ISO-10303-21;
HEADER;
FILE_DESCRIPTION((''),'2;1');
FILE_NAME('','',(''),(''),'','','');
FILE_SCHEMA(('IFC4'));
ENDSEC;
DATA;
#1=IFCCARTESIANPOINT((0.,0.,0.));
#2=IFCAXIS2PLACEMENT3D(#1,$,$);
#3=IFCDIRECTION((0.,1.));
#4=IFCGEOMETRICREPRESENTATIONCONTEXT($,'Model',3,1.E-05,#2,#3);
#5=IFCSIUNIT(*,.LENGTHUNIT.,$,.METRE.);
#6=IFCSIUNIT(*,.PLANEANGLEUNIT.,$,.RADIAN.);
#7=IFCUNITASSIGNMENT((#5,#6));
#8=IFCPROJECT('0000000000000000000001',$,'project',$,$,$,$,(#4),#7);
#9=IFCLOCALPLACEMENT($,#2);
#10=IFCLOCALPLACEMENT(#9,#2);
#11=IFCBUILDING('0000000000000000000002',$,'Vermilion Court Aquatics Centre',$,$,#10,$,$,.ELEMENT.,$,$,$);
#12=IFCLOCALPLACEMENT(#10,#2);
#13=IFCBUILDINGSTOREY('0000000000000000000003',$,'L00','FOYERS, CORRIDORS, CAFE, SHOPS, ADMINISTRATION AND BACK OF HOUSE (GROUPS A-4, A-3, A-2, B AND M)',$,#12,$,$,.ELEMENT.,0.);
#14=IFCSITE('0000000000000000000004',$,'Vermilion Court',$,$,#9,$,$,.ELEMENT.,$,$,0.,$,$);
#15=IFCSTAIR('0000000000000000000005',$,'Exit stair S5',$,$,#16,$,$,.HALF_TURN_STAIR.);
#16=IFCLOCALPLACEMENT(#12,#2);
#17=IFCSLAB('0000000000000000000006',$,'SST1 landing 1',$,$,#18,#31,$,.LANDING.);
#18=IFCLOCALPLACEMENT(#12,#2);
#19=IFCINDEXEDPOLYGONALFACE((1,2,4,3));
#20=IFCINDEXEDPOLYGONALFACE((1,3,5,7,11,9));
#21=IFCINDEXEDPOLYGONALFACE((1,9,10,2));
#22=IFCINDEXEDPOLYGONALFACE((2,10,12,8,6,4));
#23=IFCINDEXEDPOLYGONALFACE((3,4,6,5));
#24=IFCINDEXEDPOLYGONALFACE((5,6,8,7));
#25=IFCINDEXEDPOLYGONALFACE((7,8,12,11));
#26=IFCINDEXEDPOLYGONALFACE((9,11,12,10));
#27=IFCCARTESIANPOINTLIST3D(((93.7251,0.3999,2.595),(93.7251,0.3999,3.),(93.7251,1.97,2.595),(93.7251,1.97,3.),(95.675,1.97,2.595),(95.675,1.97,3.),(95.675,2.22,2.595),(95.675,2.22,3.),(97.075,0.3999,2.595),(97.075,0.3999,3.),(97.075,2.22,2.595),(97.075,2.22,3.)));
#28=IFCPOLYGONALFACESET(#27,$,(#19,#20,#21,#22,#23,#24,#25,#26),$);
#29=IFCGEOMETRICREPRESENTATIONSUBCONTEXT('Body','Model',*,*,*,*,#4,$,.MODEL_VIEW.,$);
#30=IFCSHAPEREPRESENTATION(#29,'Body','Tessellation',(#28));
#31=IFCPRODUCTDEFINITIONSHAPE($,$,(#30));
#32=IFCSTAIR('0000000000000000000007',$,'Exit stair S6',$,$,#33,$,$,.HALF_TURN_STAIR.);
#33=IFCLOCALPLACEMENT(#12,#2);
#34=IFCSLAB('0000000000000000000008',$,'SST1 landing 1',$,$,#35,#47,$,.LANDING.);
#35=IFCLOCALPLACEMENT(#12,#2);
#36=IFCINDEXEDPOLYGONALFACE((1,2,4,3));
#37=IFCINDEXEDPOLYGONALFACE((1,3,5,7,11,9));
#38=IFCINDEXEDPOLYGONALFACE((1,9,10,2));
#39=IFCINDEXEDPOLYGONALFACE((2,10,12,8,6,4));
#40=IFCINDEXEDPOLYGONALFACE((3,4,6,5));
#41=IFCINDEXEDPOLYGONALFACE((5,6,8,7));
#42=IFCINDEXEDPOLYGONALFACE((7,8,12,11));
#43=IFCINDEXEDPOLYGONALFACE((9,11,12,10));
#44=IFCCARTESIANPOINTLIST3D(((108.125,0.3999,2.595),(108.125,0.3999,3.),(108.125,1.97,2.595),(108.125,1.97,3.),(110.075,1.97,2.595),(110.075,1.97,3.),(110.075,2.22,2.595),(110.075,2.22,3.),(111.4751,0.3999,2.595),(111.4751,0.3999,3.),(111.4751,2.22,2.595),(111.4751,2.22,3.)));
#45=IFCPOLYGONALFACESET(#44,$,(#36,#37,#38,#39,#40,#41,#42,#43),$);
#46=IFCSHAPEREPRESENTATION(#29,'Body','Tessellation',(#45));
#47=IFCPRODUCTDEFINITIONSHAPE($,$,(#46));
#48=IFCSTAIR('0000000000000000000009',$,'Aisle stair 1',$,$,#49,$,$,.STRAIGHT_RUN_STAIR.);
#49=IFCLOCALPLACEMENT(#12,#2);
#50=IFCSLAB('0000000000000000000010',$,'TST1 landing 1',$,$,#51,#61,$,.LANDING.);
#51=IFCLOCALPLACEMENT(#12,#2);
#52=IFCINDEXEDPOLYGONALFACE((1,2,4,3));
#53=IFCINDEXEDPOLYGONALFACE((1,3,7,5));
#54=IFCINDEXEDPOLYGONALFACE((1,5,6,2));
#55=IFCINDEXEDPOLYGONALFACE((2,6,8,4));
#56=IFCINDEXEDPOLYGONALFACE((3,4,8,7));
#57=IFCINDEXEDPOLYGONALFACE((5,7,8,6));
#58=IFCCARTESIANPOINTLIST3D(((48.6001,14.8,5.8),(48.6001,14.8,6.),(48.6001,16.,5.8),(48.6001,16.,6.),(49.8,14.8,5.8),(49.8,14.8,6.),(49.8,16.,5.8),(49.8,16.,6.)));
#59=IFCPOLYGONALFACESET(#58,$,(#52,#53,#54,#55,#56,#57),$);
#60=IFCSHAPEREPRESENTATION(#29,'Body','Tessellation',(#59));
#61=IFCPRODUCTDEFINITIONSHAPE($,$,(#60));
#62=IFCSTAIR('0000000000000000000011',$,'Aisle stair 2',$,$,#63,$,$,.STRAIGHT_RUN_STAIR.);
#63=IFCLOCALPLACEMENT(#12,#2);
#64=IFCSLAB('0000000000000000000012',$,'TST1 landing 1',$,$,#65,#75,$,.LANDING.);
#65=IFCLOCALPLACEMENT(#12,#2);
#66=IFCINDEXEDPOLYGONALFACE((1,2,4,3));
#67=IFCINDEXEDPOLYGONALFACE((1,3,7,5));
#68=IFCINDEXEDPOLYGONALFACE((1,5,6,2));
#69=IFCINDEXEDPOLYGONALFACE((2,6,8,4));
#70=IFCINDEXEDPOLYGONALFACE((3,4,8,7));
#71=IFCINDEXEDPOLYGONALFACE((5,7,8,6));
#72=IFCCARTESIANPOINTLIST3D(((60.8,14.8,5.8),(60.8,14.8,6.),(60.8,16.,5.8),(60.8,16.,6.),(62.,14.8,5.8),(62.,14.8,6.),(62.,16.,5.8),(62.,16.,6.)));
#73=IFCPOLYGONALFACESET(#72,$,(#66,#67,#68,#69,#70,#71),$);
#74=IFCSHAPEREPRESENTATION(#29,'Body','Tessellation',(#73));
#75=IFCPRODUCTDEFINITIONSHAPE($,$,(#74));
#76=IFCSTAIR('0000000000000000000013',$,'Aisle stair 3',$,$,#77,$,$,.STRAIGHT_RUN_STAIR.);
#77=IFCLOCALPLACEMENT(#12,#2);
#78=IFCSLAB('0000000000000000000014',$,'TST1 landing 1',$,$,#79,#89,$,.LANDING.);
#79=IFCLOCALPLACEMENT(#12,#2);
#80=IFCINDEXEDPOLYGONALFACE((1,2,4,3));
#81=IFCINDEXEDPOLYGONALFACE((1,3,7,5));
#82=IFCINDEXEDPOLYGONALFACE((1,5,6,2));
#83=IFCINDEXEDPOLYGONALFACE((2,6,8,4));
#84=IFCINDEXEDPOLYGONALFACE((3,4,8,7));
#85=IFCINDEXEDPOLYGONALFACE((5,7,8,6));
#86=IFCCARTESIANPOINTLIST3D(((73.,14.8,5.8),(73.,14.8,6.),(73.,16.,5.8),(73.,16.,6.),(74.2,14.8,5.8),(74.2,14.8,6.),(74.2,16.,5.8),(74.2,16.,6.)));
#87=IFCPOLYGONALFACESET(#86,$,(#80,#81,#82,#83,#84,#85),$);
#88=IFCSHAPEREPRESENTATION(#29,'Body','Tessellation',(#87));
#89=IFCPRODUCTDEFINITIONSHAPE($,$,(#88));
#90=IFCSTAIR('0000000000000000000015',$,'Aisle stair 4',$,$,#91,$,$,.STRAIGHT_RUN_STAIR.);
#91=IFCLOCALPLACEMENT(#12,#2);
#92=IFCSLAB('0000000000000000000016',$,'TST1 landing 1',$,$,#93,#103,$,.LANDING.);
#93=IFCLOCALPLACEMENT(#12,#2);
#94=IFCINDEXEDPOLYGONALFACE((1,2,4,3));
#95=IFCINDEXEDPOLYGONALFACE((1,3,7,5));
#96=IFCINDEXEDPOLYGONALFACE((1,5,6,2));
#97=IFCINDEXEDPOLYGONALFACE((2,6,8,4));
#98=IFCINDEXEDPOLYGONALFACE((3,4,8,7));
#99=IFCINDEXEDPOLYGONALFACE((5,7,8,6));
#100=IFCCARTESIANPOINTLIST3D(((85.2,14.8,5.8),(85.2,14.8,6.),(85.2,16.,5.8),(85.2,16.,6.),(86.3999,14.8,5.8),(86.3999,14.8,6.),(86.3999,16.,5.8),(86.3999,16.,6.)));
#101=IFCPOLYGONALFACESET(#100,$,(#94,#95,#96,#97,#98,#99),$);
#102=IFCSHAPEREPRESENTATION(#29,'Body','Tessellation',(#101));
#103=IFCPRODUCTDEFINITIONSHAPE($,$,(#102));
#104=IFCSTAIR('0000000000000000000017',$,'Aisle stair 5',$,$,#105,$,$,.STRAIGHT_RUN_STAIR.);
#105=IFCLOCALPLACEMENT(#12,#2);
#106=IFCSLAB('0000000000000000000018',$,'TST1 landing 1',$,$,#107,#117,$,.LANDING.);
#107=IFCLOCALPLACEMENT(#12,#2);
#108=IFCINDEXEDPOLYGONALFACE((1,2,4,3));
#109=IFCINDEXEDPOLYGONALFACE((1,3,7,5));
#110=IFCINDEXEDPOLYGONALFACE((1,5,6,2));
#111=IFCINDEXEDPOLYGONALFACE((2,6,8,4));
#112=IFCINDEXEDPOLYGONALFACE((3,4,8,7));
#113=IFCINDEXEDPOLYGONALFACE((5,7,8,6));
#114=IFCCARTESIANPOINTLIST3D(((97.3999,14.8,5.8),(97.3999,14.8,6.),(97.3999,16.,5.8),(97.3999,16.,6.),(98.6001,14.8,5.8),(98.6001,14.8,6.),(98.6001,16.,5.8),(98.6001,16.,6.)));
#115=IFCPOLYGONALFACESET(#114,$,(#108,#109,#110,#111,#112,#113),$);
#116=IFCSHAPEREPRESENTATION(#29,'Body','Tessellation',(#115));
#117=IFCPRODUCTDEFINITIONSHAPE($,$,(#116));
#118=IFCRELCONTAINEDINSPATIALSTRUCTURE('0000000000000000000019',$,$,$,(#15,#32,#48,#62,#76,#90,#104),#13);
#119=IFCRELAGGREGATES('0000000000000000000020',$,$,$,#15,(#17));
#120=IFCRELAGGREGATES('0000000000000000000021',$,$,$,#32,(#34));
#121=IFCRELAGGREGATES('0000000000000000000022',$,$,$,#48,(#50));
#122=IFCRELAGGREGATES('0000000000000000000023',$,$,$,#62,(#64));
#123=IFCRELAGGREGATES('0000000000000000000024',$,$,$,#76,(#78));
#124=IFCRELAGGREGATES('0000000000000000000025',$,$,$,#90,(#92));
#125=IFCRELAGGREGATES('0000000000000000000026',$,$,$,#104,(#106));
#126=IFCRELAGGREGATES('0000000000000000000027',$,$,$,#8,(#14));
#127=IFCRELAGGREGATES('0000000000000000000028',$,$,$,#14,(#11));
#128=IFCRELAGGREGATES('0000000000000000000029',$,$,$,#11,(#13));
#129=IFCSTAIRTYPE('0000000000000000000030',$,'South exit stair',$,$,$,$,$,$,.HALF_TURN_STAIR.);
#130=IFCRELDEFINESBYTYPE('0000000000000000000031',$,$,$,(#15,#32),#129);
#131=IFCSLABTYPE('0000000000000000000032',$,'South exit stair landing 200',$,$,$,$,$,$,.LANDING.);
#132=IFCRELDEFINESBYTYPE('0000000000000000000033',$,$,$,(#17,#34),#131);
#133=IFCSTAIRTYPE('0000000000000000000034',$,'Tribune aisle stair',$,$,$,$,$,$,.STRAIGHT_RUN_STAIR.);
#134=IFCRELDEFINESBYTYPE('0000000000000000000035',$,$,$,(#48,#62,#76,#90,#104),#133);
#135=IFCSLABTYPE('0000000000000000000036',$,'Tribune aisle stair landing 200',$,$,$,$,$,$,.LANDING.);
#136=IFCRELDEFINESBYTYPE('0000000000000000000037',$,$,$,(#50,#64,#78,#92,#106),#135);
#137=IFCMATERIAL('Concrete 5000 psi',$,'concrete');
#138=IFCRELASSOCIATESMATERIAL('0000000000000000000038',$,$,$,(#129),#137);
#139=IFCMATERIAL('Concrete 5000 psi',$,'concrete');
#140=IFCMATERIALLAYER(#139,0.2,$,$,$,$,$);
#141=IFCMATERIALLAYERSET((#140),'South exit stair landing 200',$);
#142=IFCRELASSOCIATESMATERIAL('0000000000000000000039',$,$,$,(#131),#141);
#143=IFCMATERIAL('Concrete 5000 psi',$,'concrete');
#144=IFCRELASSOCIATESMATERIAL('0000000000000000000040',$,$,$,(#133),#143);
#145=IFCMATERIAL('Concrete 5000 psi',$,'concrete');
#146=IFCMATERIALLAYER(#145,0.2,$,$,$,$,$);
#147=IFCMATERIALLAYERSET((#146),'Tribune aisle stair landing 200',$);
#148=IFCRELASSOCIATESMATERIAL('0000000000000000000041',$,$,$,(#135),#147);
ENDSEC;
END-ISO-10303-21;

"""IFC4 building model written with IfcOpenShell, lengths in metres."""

from ifc_helpers import new_model, si_unit, direction, frame, origin, place, context, subcontext, project, spatial, polyline, outline, extrude, material, layer, layer_set, type_object, element, aggregate, save


model = new_model("IFC4")

# Units and contexts
model_context = context("Model", 3, precision=1e-05, world=origin(), true_north=direction((0.0, 1.0)))
body_context = subcontext(model_context, "Body", "Model", "MODEL_VIEW")
ifc_project = project(units=[si_unit("LENGTHUNIT", "METRE"), si_unit("PLANEANGLEUNIT", "RADIAN")], contexts=[model_context])

# Site, building, storey
site_placement = place(None, origin())
site = spatial("IfcSite", under=ifc_project, at=site_placement, Name="Vermilion Court", CompositionType="ELEMENT", RefElevation=0.0)
building_placement = place(site_placement, origin())
building = spatial("IfcBuilding", under=site, at=building_placement, Name="Vermilion Court Aquatics Centre", CompositionType="ELEMENT")
storey_placement = place(building_placement, origin())
storey = spatial("IfcBuildingStorey", under=building, at=storey_placement, Name="L00", Description="FOYERS, CORRIDORS, CAFE, SHOPS, ADMINISTRATION AND BACK OF HOUSE (GROUPS A-4, A-3, A-2, B AND M)", CompositionType="ELEMENT", Elevation=0.0)

# Stairs, slabs
ifc_material_1 = material(Name="Concrete 5000 psi", Category="concrete")
stair_type_1 = type_object("IfcStairType", Name="South exit stair", PredefinedType="HALF_TURN_STAIR", material=ifc_material_1)
ifc_material_2 = material(Name="Concrete 5000 psi", Category="concrete")
ifc_layer_1 = layer(ifc_material_2, 0.2)
ifc_layer_set_1 = layer_set([ifc_layer_1], Name="South exit stair landing 200")
slab_type_1 = type_object("IfcSlabType", Name="South exit stair landing 200", PredefinedType="LANDING", material=ifc_layer_set_1)
stair_1_placement = place(storey_placement, origin())
stair_1 = element("IfcStair", 1, at=stair_1_placement, inside=storey, type_object=stair_type_1, Name="Exit stair S5", PredefinedType="HALF_TURN_STAIR")
slab_1_placement = place(storey_placement, frame((0.0, 0.0, 2.595)))
slab_1 = element("IfcSlab", 2, at=slab_1_placement, type_object=slab_type_1, Name="SST1 landing 1", PredefinedType="LANDING", context=body_context, shape_type="SweptSolid", body=[
    extrude(outline(polyline([(93.7251, 0.3999), (97.075, 0.3999), (97.075, 2.22), (95.675, 2.22), (95.675, 1.97), (93.7251, 1.97), (93.7251, 0.3999)])), origin(), (0.0, 0.0, 1.0), 0.405),
])
aggregate(stair_1, [slab_1])
stair_2_placement = place(storey_placement, origin())
stair_2 = element("IfcStair", 3, at=stair_2_placement, inside=storey, type_object=stair_type_1, Name="Exit stair S6", PredefinedType="HALF_TURN_STAIR")
slab_2_placement = place(storey_placement, frame((0.0, 0.0, 2.595)))
slab_2 = element("IfcSlab", 4, at=slab_2_placement, type_object=slab_type_1, Name="SST1 landing 1", PredefinedType="LANDING", context=body_context, shape_type="SweptSolid", body=[
    extrude(outline(polyline([(108.125, 0.3999), (111.4751, 0.3999), (111.4751, 2.22), (110.075, 2.22), (110.075, 1.97), (108.125, 1.97), (108.125, 0.3999)])), origin(), (0.0, 0.0, 1.0), 0.405),
])
aggregate(stair_2, [slab_2])
ifc_material_3 = material(Name="Concrete 5000 psi", Category="concrete")
stair_type_2 = type_object("IfcStairType", Name="Tribune aisle stair", PredefinedType="STRAIGHT_RUN_STAIR", material=ifc_material_3)
stair_3_placement = place(storey_placement, origin())
stair_3 = element("IfcStair", 5, at=stair_3_placement, inside=storey, type_object=stair_type_2, Name="Aisle stair 1", PredefinedType="STRAIGHT_RUN_STAIR")
ifc_material_4 = material(Name="Concrete 5000 psi", Category="concrete")
ifc_layer_2 = layer(ifc_material_4, 0.2)
ifc_layer_set_2 = layer_set([ifc_layer_2], Name="Tribune aisle stair landing 200")
slab_type_2 = type_object("IfcSlabType", Name="Tribune aisle stair landing 200", PredefinedType="LANDING", material=ifc_layer_set_2)
slab_3_placement = place(storey_placement, frame((0.0, 0.0, 5.8)))
slab_3 = element("IfcSlab", 6, at=slab_3_placement, type_object=slab_type_2, Name="TST1 landing 1", PredefinedType="LANDING", context=body_context, shape_type="SweptSolid", body=[
    extrude(outline(polyline([(48.6001, 14.8), (49.8, 14.8), (49.8, 16.0), (48.6001, 16.0), (48.6001, 14.8)])), origin(), (0.0, 0.0, 1.0), 0.2),
])
aggregate(stair_3, [slab_3])
stair_4_placement = place(storey_placement, origin())
stair_4 = element("IfcStair", 7, at=stair_4_placement, inside=storey, type_object=stair_type_2, Name="Aisle stair 2", PredefinedType="STRAIGHT_RUN_STAIR")
slab_4_placement = place(storey_placement, frame((0.0, 0.0, 5.8)))
slab_4 = element("IfcSlab", 8, at=slab_4_placement, type_object=slab_type_2, Name="TST1 landing 1", PredefinedType="LANDING", context=body_context, shape_type="SweptSolid", body=[
    extrude(outline(polyline([(60.8, 14.8), (62.0, 14.8), (62.0, 16.0), (60.8, 16.0), (60.8, 14.8)])), origin(), (0.0, 0.0, 1.0), 0.2),
])
aggregate(stair_4, [slab_4])
stair_5_placement = place(storey_placement, origin())
stair_5 = element("IfcStair", 9, at=stair_5_placement, inside=storey, type_object=stair_type_2, Name="Aisle stair 3", PredefinedType="STRAIGHT_RUN_STAIR")
slab_5_placement = place(storey_placement, frame((0.0, 0.0, 5.8)))
slab_5 = element("IfcSlab", 10, at=slab_5_placement, type_object=slab_type_2, Name="TST1 landing 1", PredefinedType="LANDING", context=body_context, shape_type="SweptSolid", body=[
    extrude(outline(polyline([(73.0, 14.8), (74.2, 14.8), (74.2, 16.0), (73.0, 16.0), (73.0, 14.8)])), origin(), (0.0, 0.0, 1.0), 0.2),
])
aggregate(stair_5, [slab_5])
stair_6_placement = place(storey_placement, origin())
stair_6 = element("IfcStair", 11, at=stair_6_placement, inside=storey, type_object=stair_type_2, Name="Aisle stair 4", PredefinedType="STRAIGHT_RUN_STAIR")
slab_6_placement = place(storey_placement, frame((0.0, 0.0, 5.8)))
slab_6 = element("IfcSlab", 12, at=slab_6_placement, type_object=slab_type_2, Name="TST1 landing 1", PredefinedType="LANDING", context=body_context, shape_type="SweptSolid", body=[
    extrude(outline(polyline([(85.2, 14.8), (86.3999, 14.8), (86.3999, 16.0), (85.2, 16.0), (85.2, 14.8)])), origin(), (0.0, 0.0, 1.0), 0.2),
])
aggregate(stair_6, [slab_6])
stair_7_placement = place(storey_placement, origin())
stair_7 = element("IfcStair", 13, at=stair_7_placement, inside=storey, type_object=stair_type_2, Name="Aisle stair 5", PredefinedType="STRAIGHT_RUN_STAIR")
slab_7_placement = place(storey_placement, frame((0.0, 0.0, 5.8)))
slab_7 = element("IfcSlab", 14, at=slab_7_placement, type_object=slab_type_2, Name="TST1 landing 1", PredefinedType="LANDING", context=body_context, shape_type="SweptSolid", body=[
    extrude(outline(polyline([(97.3999, 14.8), (98.6001, 14.8), (98.6001, 16.0), (97.3999, 16.0), (97.3999, 14.8)])), origin(), (0.0, 0.0, 1.0), 0.2),
])
aggregate(stair_7, [slab_7])

save(model, "model.ifc")
